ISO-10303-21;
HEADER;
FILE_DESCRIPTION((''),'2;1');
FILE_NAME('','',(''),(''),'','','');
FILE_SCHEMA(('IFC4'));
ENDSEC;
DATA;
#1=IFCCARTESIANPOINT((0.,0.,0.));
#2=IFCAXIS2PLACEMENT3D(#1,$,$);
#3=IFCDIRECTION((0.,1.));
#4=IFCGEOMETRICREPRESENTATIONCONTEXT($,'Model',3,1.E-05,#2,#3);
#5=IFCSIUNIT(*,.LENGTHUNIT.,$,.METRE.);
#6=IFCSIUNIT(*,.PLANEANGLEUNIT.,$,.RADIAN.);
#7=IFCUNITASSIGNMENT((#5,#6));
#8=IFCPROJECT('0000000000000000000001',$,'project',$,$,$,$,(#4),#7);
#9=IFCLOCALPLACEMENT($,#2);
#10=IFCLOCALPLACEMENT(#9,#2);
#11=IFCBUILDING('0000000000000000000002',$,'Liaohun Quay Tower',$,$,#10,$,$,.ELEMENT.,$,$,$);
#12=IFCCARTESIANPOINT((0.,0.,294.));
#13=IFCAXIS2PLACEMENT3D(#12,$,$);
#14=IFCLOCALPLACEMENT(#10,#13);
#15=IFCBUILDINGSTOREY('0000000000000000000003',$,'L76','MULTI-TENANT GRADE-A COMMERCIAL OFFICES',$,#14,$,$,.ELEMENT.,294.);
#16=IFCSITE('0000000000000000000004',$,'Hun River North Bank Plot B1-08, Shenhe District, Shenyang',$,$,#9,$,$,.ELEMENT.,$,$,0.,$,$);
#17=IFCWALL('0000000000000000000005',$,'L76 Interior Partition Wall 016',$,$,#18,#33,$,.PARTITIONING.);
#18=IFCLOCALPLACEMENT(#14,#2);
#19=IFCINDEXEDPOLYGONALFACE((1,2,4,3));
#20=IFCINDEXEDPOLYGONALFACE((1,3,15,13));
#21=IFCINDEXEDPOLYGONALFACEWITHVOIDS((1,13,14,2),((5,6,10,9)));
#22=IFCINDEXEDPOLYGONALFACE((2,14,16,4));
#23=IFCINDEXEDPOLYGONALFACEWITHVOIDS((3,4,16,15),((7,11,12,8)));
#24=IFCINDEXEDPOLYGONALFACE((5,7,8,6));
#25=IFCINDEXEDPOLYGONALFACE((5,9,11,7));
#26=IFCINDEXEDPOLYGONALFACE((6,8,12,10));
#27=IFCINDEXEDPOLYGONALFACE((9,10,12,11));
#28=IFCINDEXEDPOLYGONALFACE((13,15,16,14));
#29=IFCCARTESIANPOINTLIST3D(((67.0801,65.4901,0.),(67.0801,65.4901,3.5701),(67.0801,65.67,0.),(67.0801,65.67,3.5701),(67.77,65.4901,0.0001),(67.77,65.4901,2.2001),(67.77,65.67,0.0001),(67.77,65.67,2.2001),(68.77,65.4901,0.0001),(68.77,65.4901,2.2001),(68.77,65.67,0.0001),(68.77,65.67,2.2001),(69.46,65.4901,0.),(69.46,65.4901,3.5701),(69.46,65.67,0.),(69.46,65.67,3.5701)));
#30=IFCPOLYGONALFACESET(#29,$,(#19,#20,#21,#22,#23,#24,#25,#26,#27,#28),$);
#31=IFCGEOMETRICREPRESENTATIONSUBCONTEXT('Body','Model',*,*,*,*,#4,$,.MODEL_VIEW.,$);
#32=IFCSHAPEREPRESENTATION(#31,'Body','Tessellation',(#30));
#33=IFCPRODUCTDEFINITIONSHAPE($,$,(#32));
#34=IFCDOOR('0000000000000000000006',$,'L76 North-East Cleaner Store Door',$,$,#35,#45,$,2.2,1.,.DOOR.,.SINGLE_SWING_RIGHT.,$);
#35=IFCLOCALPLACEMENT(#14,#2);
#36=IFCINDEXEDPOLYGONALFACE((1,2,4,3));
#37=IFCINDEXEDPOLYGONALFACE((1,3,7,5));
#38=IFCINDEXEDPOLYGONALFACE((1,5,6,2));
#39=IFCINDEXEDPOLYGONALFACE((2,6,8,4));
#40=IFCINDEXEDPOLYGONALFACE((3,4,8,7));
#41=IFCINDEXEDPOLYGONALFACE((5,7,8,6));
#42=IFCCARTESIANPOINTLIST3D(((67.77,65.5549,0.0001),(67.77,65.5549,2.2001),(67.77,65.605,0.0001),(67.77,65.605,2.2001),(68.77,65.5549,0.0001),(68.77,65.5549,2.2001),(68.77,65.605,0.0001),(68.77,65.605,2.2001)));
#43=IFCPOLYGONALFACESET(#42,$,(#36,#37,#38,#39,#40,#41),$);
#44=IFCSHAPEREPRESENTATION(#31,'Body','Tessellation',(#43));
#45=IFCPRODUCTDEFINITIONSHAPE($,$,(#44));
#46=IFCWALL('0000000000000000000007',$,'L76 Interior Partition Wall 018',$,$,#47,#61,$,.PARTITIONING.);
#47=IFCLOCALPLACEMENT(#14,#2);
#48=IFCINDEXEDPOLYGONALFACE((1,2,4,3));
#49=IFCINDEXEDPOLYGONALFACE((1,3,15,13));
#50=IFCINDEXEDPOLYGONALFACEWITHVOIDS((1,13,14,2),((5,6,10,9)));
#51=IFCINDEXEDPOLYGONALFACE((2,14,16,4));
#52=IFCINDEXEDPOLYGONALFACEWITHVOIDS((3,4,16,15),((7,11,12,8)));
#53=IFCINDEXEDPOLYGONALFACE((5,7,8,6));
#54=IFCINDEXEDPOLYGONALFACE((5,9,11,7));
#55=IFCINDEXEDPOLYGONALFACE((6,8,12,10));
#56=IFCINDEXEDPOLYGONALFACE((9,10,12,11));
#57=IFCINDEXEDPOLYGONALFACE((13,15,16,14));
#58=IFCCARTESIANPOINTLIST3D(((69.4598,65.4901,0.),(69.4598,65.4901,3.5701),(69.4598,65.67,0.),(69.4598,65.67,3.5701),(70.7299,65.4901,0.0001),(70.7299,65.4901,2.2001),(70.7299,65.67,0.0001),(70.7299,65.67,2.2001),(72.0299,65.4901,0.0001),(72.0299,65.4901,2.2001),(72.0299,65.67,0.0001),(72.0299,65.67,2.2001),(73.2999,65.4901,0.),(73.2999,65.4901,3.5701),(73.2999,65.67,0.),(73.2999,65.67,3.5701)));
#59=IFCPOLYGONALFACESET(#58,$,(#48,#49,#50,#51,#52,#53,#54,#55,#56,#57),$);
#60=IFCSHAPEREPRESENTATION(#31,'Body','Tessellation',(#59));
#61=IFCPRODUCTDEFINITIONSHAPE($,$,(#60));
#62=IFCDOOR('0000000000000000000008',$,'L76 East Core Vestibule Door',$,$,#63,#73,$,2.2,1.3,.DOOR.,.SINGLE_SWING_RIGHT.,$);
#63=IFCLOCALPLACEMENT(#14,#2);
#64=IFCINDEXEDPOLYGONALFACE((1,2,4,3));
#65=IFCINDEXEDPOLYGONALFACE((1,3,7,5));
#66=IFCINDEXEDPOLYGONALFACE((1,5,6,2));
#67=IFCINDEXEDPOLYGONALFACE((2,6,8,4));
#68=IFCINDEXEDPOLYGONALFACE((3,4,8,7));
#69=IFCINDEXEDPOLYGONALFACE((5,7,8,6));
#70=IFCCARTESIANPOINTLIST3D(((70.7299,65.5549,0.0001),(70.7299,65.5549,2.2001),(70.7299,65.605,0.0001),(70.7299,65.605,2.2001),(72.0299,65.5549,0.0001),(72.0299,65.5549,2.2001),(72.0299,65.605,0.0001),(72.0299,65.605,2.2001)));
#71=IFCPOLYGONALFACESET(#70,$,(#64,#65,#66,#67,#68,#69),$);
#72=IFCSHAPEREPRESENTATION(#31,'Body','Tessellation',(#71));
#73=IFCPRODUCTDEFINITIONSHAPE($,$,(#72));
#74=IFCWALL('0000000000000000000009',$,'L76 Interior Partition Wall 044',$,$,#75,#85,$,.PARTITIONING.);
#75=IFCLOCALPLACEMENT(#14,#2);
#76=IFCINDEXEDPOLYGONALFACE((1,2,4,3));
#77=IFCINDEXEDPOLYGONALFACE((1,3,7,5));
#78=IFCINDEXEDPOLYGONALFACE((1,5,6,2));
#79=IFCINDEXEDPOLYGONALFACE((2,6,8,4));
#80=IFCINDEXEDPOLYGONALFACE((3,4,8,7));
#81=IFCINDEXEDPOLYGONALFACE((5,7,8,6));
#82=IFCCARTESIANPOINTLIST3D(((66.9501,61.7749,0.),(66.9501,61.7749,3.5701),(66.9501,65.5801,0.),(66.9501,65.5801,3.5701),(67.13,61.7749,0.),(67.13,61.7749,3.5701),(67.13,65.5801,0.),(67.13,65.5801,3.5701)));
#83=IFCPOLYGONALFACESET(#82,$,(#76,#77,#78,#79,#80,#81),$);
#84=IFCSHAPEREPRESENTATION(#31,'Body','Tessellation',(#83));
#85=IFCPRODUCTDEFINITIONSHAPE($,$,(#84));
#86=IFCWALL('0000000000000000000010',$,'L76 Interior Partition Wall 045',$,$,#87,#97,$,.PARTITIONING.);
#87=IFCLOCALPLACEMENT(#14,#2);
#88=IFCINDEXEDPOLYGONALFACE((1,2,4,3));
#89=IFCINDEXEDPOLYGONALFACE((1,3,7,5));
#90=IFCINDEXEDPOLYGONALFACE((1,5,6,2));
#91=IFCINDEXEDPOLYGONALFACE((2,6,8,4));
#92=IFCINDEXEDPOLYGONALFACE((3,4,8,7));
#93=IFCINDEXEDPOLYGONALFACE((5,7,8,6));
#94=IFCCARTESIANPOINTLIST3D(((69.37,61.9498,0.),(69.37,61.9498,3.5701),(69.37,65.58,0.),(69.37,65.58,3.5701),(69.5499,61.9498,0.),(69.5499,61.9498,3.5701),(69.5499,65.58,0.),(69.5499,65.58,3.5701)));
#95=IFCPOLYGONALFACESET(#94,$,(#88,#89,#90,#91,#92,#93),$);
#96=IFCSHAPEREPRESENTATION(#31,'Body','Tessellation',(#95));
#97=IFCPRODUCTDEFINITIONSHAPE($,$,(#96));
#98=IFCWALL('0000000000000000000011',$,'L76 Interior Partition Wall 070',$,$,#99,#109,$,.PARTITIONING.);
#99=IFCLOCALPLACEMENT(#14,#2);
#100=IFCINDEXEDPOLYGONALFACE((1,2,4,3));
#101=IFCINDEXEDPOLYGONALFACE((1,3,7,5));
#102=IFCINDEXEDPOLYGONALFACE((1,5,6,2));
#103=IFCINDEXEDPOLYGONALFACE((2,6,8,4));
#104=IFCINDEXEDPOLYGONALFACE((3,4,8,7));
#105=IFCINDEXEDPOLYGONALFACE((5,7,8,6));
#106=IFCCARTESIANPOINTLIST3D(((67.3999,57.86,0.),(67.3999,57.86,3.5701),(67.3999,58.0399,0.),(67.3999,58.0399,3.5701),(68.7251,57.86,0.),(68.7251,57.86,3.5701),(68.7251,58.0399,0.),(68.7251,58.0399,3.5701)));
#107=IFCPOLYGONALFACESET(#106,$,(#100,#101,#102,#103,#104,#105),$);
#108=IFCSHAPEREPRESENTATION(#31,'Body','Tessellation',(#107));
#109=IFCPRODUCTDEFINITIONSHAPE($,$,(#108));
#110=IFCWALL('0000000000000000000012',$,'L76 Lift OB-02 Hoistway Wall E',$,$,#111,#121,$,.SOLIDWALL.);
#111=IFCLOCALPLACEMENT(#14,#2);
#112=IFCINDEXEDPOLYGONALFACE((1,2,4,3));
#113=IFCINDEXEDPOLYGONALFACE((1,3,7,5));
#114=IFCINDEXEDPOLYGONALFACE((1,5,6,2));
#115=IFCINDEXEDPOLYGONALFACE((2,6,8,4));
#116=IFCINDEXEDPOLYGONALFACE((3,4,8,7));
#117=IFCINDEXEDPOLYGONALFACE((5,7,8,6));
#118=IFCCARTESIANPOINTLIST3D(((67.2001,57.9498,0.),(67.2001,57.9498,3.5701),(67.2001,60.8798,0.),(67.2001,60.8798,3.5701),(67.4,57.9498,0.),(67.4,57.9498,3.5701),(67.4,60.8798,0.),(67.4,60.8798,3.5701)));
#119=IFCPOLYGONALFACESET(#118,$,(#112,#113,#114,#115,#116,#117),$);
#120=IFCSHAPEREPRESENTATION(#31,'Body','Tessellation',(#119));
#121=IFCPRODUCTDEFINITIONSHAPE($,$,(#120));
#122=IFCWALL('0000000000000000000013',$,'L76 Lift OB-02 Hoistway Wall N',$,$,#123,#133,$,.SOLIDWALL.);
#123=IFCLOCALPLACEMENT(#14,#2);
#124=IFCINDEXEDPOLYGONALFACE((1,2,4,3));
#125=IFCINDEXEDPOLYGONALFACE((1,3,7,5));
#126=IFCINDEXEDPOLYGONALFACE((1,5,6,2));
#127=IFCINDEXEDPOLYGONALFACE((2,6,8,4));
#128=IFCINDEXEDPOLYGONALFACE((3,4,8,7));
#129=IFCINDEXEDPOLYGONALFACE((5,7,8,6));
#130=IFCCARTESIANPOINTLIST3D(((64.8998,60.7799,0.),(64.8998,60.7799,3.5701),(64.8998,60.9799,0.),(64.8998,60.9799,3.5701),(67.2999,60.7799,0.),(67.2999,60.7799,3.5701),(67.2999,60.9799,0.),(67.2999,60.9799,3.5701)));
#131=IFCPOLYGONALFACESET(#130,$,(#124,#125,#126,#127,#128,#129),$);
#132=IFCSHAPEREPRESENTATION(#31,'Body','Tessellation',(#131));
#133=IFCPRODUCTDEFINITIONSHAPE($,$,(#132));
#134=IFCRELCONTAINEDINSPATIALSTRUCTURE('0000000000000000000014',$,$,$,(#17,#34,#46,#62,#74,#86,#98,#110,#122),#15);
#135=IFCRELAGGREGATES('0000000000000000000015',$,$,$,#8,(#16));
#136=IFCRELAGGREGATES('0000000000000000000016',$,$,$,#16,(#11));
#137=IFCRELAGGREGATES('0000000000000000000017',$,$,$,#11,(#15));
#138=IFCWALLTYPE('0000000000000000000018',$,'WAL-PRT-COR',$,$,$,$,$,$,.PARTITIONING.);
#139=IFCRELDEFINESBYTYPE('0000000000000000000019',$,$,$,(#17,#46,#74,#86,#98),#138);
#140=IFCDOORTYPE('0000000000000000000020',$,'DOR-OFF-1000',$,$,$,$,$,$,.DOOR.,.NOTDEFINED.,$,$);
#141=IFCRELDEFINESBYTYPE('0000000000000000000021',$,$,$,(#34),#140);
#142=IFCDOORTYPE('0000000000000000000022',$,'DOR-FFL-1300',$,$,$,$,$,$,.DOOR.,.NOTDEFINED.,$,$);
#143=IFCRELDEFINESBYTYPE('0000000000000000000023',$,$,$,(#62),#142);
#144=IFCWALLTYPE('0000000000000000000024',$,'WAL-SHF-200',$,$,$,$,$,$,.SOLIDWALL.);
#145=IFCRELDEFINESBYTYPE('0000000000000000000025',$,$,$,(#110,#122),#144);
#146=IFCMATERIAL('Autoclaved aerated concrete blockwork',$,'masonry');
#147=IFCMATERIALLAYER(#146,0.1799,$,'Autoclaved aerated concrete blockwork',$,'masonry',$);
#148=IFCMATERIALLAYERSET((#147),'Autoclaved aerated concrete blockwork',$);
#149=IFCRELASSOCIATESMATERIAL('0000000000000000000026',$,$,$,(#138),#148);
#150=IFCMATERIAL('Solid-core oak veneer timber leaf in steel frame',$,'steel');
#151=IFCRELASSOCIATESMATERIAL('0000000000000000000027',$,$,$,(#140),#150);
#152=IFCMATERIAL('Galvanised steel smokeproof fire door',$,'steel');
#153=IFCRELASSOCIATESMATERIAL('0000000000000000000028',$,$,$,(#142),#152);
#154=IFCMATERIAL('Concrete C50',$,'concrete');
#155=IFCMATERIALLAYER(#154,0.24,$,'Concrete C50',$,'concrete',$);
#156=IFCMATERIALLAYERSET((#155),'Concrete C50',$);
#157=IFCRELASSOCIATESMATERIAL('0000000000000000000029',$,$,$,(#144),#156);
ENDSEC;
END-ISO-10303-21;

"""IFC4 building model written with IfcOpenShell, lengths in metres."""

from ifc_helpers import new_model, si_unit, direction, frame, frame_2d, origin, place, context, subcontext, project, spatial, rectangle, extrude, source, transform, mapped, material, layer, layer_set, type_object, element, fill, save


model = new_model("IFC4")

# Units and contexts
model_context = context("Model", 3, precision=1e-05, world=origin(), true_north=direction((0.0, 1.0)))
body_context = subcontext(model_context, "Body", "Model", "MODEL_VIEW")
ifc_project = project(units=[si_unit("LENGTHUNIT", "METRE"), si_unit("PLANEANGLEUNIT", "RADIAN")], contexts=[model_context])

# Site, building, storey
site_placement = place(None, origin())
site = spatial("IfcSite", under=ifc_project, at=site_placement, Name="Hun River North Bank Plot B1-08, Shenhe District, Shenyang", CompositionType="ELEMENT", RefElevation=0.0)
building_placement = place(site_placement, origin())
building = spatial("IfcBuilding", under=site, at=building_placement, Name="Liaohun Quay Tower", CompositionType="ELEMENT")
storey_placement = place(building_placement, frame((0.0, 0.0, 294.0)))
storey = spatial("IfcBuildingStorey", under=building, at=storey_placement, Name="L76", Description="MULTI-TENANT GRADE-A COMMERCIAL OFFICES", CompositionType="ELEMENT", Elevation=294.0)

# Shared definitions
ifc_material_1 = material(Name="Concrete C50", Category="concrete")

# Walls, openings, doors
ifc_material_2 = material(Name="Autoclaved aerated concrete blockwork", Category="masonry")
ifc_layer_1 = layer(ifc_material_2, 0.1799, Name="Autoclaved aerated concrete blockwork", Category="masonry")
ifc_layer_set_1 = layer_set([ifc_layer_1], Name="Autoclaved aerated concrete blockwork")
wall_type_1 = type_object("IfcWallType", Name="WAL-PRT-COR", PredefinedType="PARTITIONING", material=ifc_layer_set_1)
wall_1_placement = place(storey_placement, frame((67.0801, 65.5801, 0.0), z_axis=(0.0, 0.0, 1.0), x_axis=(1.0, 0.0, 0.0)))
wall_1 = element("IfcWall", 1, at=wall_1_placement, inside=storey, type_object=wall_type_1, Name="L76 Interior Partition Wall 016", PredefinedType="PARTITIONING", context=body_context, shape_type="SweptSolid", body=[
    extrude(rectangle(XDim=2.3799, YDim=0.1799, at=frame_2d((1.1899, 0.0))), origin(), (0.0, 0.0, 1.0), 3.5701),
])
shared_shape_1 = source(origin(), body_context, "Body", "SweptSolid", [
    extrude(rectangle(XDim=1.0, YDim=2.2, at=frame_2d((0.5, 1.1001))), frame((0.0, 0.0999, 0.0), z_axis=(0.0, -1.0, 0.0), x_axis=(1.0, 0.0, 0.0)), (0.0, 0.0, 1.0), 0.2),
])
opening_1_placement = place(wall_1_placement, frame((0.6899, 0.0, 0.0)))
opening_1 = element("IfcOpeningElement", 2, at=opening_1_placement, cuts=wall_1, PredefinedType="OPENING", context=body_context, shape_type="MappedRepresentation", body=[
    mapped(shared_shape_1, transform((0.0, 0.0, 0.0), x_axis=(1.0, 0.0, 0.0), y_axis=(0.0, 1.0, 0.0), z_axis=(0.0, 0.0, 1.0), scale=1.0)),
])
ifc_material_3 = material(Name="Solid-core oak veneer timber leaf in steel frame", Category="steel")
door_type_1 = type_object("IfcDoorType", Name="DOR-OFF-1000", OperationType="NOTDEFINED", PredefinedType="DOOR", material=ifc_material_3)
shared_shape_2 = source(origin(), body_context, "Body", "SweptSolid", [
    extrude(rectangle(XDim=1.0, YDim=2.2, at=frame_2d((0.5, 1.1001))), frame((0.0, 0.0249, 0.0), z_axis=(0.0, -1.0, 0.0), x_axis=(1.0, 0.0, 0.0)), (0.0, 0.0, 1.0), 0.05),
])
door_1_placement = place(opening_1_placement, origin())
door_1 = element("IfcDoor", 3, at=door_1_placement, inside=storey, type_object=door_type_1, Name="L76 North-East Cleaner Store Door", OperationType="SINGLE_SWING_RIGHT", OverallHeight=2.2, OverallWidth=1.0, PredefinedType="DOOR", context=body_context, shape_type="MappedRepresentation", body=[
    mapped(shared_shape_2, transform((0.0, 0.0, 0.0), x_axis=(1.0, 0.0, 0.0), y_axis=(0.0, 1.0, 0.0), z_axis=(0.0, 0.0, 1.0), scale=1.0)),
])
fill(opening_1, door_1)
wall_2_placement = place(storey_placement, frame((69.46, 65.5801, 0.0), z_axis=(0.0, 0.0, 1.0), x_axis=(1.0, 0.0, 0.0)))
wall_2 = element("IfcWall", 4, at=wall_2_placement, inside=storey, type_object=wall_type_1, Name="L76 Interior Partition Wall 018", PredefinedType="PARTITIONING", context=body_context, shape_type="SweptSolid", body=[
    extrude(rectangle(XDim=3.8401, YDim=0.1799, at=frame_2d((1.9199, 0.0))), origin(), (0.0, 0.0, 1.0), 3.5701),
])
shared_shape_3 = source(origin(), body_context, "Body", "SweptSolid", [
    extrude(rectangle(XDim=1.3, YDim=2.2, at=frame_2d((0.6499, 1.1001))), frame((0.0, 0.0999, 0.0), z_axis=(0.0, -1.0, 0.0), x_axis=(1.0, 0.0, 0.0)), (0.0, 0.0, 1.0), 0.2),
])
opening_2_placement = place(wall_2_placement, frame((1.27, 0.0, 0.0)))
opening_2 = element("IfcOpeningElement", 5, at=opening_2_placement, cuts=wall_2, PredefinedType="OPENING", context=body_context, shape_type="MappedRepresentation", body=[
    mapped(shared_shape_3, transform((0.0, 0.0, 0.0), x_axis=(1.0, 0.0, 0.0), y_axis=(0.0, 1.0, 0.0), z_axis=(0.0, 0.0, 1.0), scale=1.0)),
])
ifc_material_4 = material(Name="Galvanised steel smokeproof fire door", Category="steel")
door_type_2 = type_object("IfcDoorType", Name="DOR-FFL-1300", OperationType="NOTDEFINED", PredefinedType="DOOR", material=ifc_material_4)
shared_shape_4 = source(origin(), body_context, "Body", "SweptSolid", [
    extrude(rectangle(XDim=1.3, YDim=2.2, at=frame_2d((0.6499, 1.1001))), frame((0.0, 0.0249, 0.0), z_axis=(0.0, -1.0, 0.0), x_axis=(1.0, 0.0, 0.0)), (0.0, 0.0, 1.0), 0.05),
])
door_2_placement = place(opening_2_placement, origin())
door_2 = element("IfcDoor", 6, at=door_2_placement, inside=storey, type_object=door_type_2, Name="L76 East Core Vestibule Door", OperationType="SINGLE_SWING_RIGHT", OverallHeight=2.2, OverallWidth=1.3, PredefinedType="DOOR", context=body_context, shape_type="MappedRepresentation", body=[
    mapped(shared_shape_4, transform((0.0, 0.0, 0.0), x_axis=(1.0, 0.0, 0.0), y_axis=(0.0, 1.0, 0.0), z_axis=(0.0, 0.0, 1.0), scale=1.0)),
])
fill(opening_2, door_2)

# Walls
wall_3_placement = place(storey_placement, frame((67.04, 61.7749, 0.0), z_axis=(0.0, 0.0, 1.0), x_axis=(0.0, 1.0, 0.0)))
element("IfcWall", 7, at=wall_3_placement, inside=storey, type_object=wall_type_1, Name="L76 Interior Partition Wall 044", PredefinedType="PARTITIONING", context=body_context, shape_type="SweptSolid", body=[
    extrude(rectangle(XDim=3.8052, YDim=0.1799, at=frame_2d((1.9026, 0.0))), origin(), (0.0, 0.0, 1.0), 3.5701),
])
wall_4_placement = place(storey_placement, frame((69.46, 61.95, 0.0), z_axis=(0.0, 0.0, 1.0), x_axis=(0.0, 1.0, 0.0)))
element("IfcWall", 8, at=wall_4_placement, inside=storey, type_object=wall_type_1, Name="L76 Interior Partition Wall 045", PredefinedType="PARTITIONING", context=body_context, shape_type="SweptSolid", body=[
    extrude(rectangle(XDim=3.6301, YDim=0.1799, at=frame_2d((1.8149, 0.0))), origin(), (0.0, 0.0, 1.0), 3.5701),
])
wall_5_placement = place(storey_placement, frame((67.3999, 57.95, 0.0), z_axis=(0.0, 0.0, 1.0), x_axis=(1.0, 0.0, 0.0)))
element("IfcWall", 9, at=wall_5_placement, inside=storey, type_object=wall_type_1, Name="L76 Interior Partition Wall 070", PredefinedType="PARTITIONING", context=body_context, shape_type="SweptSolid", body=[
    extrude(rectangle(XDim=1.3252, YDim=0.1799, at=frame_2d((0.6626, 0.0))), origin(), (0.0, 0.0, 1.0), 3.5701),
])
ifc_layer_2 = layer(ifc_material_1, 0.24, Name="Concrete C50", Category="concrete")
ifc_layer_set_2 = layer_set([ifc_layer_2], Name="Concrete C50")
wall_type_2 = type_object("IfcWallType", Name="WAL-SHF-200", PredefinedType="SOLIDWALL", material=ifc_layer_set_2)
wall_6_placement = place(storey_placement, frame((67.3, 57.95, 0.0), z_axis=(0.0, 0.0, 1.0), x_axis=(0.0, 1.0, 0.0)))
element("IfcWall", 10, at=wall_6_placement, inside=storey, type_object=wall_type_2, Name="L76 Lift OB-02 Hoistway Wall E", PredefinedType="SOLIDWALL", context=body_context, shape_type="SweptSolid", body=[
    extrude(rectangle(XDim=2.9299, YDim=0.2, at=frame_2d((1.4648, 0.0))), origin(), (0.0, 0.0, 1.0), 3.5701),
])
wall_7_placement = place(storey_placement, frame((67.3, 60.8799, 0.0), z_axis=(0.0, 0.0, 1.0), x_axis=(-1.0, 0.0, 0.0)))
element("IfcWall", 11, at=wall_7_placement, inside=storey, type_object=wall_type_2, Name="L76 Lift OB-02 Hoistway Wall N", PredefinedType="SOLIDWALL", context=body_context, shape_type="SweptSolid", body=[
    extrude(rectangle(XDim=2.4001, YDim=0.2, at=frame_2d((1.2002, 0.0))), origin(), (0.0, 0.0, 1.0), 3.5701),
])

save(model, "model.ifc")
